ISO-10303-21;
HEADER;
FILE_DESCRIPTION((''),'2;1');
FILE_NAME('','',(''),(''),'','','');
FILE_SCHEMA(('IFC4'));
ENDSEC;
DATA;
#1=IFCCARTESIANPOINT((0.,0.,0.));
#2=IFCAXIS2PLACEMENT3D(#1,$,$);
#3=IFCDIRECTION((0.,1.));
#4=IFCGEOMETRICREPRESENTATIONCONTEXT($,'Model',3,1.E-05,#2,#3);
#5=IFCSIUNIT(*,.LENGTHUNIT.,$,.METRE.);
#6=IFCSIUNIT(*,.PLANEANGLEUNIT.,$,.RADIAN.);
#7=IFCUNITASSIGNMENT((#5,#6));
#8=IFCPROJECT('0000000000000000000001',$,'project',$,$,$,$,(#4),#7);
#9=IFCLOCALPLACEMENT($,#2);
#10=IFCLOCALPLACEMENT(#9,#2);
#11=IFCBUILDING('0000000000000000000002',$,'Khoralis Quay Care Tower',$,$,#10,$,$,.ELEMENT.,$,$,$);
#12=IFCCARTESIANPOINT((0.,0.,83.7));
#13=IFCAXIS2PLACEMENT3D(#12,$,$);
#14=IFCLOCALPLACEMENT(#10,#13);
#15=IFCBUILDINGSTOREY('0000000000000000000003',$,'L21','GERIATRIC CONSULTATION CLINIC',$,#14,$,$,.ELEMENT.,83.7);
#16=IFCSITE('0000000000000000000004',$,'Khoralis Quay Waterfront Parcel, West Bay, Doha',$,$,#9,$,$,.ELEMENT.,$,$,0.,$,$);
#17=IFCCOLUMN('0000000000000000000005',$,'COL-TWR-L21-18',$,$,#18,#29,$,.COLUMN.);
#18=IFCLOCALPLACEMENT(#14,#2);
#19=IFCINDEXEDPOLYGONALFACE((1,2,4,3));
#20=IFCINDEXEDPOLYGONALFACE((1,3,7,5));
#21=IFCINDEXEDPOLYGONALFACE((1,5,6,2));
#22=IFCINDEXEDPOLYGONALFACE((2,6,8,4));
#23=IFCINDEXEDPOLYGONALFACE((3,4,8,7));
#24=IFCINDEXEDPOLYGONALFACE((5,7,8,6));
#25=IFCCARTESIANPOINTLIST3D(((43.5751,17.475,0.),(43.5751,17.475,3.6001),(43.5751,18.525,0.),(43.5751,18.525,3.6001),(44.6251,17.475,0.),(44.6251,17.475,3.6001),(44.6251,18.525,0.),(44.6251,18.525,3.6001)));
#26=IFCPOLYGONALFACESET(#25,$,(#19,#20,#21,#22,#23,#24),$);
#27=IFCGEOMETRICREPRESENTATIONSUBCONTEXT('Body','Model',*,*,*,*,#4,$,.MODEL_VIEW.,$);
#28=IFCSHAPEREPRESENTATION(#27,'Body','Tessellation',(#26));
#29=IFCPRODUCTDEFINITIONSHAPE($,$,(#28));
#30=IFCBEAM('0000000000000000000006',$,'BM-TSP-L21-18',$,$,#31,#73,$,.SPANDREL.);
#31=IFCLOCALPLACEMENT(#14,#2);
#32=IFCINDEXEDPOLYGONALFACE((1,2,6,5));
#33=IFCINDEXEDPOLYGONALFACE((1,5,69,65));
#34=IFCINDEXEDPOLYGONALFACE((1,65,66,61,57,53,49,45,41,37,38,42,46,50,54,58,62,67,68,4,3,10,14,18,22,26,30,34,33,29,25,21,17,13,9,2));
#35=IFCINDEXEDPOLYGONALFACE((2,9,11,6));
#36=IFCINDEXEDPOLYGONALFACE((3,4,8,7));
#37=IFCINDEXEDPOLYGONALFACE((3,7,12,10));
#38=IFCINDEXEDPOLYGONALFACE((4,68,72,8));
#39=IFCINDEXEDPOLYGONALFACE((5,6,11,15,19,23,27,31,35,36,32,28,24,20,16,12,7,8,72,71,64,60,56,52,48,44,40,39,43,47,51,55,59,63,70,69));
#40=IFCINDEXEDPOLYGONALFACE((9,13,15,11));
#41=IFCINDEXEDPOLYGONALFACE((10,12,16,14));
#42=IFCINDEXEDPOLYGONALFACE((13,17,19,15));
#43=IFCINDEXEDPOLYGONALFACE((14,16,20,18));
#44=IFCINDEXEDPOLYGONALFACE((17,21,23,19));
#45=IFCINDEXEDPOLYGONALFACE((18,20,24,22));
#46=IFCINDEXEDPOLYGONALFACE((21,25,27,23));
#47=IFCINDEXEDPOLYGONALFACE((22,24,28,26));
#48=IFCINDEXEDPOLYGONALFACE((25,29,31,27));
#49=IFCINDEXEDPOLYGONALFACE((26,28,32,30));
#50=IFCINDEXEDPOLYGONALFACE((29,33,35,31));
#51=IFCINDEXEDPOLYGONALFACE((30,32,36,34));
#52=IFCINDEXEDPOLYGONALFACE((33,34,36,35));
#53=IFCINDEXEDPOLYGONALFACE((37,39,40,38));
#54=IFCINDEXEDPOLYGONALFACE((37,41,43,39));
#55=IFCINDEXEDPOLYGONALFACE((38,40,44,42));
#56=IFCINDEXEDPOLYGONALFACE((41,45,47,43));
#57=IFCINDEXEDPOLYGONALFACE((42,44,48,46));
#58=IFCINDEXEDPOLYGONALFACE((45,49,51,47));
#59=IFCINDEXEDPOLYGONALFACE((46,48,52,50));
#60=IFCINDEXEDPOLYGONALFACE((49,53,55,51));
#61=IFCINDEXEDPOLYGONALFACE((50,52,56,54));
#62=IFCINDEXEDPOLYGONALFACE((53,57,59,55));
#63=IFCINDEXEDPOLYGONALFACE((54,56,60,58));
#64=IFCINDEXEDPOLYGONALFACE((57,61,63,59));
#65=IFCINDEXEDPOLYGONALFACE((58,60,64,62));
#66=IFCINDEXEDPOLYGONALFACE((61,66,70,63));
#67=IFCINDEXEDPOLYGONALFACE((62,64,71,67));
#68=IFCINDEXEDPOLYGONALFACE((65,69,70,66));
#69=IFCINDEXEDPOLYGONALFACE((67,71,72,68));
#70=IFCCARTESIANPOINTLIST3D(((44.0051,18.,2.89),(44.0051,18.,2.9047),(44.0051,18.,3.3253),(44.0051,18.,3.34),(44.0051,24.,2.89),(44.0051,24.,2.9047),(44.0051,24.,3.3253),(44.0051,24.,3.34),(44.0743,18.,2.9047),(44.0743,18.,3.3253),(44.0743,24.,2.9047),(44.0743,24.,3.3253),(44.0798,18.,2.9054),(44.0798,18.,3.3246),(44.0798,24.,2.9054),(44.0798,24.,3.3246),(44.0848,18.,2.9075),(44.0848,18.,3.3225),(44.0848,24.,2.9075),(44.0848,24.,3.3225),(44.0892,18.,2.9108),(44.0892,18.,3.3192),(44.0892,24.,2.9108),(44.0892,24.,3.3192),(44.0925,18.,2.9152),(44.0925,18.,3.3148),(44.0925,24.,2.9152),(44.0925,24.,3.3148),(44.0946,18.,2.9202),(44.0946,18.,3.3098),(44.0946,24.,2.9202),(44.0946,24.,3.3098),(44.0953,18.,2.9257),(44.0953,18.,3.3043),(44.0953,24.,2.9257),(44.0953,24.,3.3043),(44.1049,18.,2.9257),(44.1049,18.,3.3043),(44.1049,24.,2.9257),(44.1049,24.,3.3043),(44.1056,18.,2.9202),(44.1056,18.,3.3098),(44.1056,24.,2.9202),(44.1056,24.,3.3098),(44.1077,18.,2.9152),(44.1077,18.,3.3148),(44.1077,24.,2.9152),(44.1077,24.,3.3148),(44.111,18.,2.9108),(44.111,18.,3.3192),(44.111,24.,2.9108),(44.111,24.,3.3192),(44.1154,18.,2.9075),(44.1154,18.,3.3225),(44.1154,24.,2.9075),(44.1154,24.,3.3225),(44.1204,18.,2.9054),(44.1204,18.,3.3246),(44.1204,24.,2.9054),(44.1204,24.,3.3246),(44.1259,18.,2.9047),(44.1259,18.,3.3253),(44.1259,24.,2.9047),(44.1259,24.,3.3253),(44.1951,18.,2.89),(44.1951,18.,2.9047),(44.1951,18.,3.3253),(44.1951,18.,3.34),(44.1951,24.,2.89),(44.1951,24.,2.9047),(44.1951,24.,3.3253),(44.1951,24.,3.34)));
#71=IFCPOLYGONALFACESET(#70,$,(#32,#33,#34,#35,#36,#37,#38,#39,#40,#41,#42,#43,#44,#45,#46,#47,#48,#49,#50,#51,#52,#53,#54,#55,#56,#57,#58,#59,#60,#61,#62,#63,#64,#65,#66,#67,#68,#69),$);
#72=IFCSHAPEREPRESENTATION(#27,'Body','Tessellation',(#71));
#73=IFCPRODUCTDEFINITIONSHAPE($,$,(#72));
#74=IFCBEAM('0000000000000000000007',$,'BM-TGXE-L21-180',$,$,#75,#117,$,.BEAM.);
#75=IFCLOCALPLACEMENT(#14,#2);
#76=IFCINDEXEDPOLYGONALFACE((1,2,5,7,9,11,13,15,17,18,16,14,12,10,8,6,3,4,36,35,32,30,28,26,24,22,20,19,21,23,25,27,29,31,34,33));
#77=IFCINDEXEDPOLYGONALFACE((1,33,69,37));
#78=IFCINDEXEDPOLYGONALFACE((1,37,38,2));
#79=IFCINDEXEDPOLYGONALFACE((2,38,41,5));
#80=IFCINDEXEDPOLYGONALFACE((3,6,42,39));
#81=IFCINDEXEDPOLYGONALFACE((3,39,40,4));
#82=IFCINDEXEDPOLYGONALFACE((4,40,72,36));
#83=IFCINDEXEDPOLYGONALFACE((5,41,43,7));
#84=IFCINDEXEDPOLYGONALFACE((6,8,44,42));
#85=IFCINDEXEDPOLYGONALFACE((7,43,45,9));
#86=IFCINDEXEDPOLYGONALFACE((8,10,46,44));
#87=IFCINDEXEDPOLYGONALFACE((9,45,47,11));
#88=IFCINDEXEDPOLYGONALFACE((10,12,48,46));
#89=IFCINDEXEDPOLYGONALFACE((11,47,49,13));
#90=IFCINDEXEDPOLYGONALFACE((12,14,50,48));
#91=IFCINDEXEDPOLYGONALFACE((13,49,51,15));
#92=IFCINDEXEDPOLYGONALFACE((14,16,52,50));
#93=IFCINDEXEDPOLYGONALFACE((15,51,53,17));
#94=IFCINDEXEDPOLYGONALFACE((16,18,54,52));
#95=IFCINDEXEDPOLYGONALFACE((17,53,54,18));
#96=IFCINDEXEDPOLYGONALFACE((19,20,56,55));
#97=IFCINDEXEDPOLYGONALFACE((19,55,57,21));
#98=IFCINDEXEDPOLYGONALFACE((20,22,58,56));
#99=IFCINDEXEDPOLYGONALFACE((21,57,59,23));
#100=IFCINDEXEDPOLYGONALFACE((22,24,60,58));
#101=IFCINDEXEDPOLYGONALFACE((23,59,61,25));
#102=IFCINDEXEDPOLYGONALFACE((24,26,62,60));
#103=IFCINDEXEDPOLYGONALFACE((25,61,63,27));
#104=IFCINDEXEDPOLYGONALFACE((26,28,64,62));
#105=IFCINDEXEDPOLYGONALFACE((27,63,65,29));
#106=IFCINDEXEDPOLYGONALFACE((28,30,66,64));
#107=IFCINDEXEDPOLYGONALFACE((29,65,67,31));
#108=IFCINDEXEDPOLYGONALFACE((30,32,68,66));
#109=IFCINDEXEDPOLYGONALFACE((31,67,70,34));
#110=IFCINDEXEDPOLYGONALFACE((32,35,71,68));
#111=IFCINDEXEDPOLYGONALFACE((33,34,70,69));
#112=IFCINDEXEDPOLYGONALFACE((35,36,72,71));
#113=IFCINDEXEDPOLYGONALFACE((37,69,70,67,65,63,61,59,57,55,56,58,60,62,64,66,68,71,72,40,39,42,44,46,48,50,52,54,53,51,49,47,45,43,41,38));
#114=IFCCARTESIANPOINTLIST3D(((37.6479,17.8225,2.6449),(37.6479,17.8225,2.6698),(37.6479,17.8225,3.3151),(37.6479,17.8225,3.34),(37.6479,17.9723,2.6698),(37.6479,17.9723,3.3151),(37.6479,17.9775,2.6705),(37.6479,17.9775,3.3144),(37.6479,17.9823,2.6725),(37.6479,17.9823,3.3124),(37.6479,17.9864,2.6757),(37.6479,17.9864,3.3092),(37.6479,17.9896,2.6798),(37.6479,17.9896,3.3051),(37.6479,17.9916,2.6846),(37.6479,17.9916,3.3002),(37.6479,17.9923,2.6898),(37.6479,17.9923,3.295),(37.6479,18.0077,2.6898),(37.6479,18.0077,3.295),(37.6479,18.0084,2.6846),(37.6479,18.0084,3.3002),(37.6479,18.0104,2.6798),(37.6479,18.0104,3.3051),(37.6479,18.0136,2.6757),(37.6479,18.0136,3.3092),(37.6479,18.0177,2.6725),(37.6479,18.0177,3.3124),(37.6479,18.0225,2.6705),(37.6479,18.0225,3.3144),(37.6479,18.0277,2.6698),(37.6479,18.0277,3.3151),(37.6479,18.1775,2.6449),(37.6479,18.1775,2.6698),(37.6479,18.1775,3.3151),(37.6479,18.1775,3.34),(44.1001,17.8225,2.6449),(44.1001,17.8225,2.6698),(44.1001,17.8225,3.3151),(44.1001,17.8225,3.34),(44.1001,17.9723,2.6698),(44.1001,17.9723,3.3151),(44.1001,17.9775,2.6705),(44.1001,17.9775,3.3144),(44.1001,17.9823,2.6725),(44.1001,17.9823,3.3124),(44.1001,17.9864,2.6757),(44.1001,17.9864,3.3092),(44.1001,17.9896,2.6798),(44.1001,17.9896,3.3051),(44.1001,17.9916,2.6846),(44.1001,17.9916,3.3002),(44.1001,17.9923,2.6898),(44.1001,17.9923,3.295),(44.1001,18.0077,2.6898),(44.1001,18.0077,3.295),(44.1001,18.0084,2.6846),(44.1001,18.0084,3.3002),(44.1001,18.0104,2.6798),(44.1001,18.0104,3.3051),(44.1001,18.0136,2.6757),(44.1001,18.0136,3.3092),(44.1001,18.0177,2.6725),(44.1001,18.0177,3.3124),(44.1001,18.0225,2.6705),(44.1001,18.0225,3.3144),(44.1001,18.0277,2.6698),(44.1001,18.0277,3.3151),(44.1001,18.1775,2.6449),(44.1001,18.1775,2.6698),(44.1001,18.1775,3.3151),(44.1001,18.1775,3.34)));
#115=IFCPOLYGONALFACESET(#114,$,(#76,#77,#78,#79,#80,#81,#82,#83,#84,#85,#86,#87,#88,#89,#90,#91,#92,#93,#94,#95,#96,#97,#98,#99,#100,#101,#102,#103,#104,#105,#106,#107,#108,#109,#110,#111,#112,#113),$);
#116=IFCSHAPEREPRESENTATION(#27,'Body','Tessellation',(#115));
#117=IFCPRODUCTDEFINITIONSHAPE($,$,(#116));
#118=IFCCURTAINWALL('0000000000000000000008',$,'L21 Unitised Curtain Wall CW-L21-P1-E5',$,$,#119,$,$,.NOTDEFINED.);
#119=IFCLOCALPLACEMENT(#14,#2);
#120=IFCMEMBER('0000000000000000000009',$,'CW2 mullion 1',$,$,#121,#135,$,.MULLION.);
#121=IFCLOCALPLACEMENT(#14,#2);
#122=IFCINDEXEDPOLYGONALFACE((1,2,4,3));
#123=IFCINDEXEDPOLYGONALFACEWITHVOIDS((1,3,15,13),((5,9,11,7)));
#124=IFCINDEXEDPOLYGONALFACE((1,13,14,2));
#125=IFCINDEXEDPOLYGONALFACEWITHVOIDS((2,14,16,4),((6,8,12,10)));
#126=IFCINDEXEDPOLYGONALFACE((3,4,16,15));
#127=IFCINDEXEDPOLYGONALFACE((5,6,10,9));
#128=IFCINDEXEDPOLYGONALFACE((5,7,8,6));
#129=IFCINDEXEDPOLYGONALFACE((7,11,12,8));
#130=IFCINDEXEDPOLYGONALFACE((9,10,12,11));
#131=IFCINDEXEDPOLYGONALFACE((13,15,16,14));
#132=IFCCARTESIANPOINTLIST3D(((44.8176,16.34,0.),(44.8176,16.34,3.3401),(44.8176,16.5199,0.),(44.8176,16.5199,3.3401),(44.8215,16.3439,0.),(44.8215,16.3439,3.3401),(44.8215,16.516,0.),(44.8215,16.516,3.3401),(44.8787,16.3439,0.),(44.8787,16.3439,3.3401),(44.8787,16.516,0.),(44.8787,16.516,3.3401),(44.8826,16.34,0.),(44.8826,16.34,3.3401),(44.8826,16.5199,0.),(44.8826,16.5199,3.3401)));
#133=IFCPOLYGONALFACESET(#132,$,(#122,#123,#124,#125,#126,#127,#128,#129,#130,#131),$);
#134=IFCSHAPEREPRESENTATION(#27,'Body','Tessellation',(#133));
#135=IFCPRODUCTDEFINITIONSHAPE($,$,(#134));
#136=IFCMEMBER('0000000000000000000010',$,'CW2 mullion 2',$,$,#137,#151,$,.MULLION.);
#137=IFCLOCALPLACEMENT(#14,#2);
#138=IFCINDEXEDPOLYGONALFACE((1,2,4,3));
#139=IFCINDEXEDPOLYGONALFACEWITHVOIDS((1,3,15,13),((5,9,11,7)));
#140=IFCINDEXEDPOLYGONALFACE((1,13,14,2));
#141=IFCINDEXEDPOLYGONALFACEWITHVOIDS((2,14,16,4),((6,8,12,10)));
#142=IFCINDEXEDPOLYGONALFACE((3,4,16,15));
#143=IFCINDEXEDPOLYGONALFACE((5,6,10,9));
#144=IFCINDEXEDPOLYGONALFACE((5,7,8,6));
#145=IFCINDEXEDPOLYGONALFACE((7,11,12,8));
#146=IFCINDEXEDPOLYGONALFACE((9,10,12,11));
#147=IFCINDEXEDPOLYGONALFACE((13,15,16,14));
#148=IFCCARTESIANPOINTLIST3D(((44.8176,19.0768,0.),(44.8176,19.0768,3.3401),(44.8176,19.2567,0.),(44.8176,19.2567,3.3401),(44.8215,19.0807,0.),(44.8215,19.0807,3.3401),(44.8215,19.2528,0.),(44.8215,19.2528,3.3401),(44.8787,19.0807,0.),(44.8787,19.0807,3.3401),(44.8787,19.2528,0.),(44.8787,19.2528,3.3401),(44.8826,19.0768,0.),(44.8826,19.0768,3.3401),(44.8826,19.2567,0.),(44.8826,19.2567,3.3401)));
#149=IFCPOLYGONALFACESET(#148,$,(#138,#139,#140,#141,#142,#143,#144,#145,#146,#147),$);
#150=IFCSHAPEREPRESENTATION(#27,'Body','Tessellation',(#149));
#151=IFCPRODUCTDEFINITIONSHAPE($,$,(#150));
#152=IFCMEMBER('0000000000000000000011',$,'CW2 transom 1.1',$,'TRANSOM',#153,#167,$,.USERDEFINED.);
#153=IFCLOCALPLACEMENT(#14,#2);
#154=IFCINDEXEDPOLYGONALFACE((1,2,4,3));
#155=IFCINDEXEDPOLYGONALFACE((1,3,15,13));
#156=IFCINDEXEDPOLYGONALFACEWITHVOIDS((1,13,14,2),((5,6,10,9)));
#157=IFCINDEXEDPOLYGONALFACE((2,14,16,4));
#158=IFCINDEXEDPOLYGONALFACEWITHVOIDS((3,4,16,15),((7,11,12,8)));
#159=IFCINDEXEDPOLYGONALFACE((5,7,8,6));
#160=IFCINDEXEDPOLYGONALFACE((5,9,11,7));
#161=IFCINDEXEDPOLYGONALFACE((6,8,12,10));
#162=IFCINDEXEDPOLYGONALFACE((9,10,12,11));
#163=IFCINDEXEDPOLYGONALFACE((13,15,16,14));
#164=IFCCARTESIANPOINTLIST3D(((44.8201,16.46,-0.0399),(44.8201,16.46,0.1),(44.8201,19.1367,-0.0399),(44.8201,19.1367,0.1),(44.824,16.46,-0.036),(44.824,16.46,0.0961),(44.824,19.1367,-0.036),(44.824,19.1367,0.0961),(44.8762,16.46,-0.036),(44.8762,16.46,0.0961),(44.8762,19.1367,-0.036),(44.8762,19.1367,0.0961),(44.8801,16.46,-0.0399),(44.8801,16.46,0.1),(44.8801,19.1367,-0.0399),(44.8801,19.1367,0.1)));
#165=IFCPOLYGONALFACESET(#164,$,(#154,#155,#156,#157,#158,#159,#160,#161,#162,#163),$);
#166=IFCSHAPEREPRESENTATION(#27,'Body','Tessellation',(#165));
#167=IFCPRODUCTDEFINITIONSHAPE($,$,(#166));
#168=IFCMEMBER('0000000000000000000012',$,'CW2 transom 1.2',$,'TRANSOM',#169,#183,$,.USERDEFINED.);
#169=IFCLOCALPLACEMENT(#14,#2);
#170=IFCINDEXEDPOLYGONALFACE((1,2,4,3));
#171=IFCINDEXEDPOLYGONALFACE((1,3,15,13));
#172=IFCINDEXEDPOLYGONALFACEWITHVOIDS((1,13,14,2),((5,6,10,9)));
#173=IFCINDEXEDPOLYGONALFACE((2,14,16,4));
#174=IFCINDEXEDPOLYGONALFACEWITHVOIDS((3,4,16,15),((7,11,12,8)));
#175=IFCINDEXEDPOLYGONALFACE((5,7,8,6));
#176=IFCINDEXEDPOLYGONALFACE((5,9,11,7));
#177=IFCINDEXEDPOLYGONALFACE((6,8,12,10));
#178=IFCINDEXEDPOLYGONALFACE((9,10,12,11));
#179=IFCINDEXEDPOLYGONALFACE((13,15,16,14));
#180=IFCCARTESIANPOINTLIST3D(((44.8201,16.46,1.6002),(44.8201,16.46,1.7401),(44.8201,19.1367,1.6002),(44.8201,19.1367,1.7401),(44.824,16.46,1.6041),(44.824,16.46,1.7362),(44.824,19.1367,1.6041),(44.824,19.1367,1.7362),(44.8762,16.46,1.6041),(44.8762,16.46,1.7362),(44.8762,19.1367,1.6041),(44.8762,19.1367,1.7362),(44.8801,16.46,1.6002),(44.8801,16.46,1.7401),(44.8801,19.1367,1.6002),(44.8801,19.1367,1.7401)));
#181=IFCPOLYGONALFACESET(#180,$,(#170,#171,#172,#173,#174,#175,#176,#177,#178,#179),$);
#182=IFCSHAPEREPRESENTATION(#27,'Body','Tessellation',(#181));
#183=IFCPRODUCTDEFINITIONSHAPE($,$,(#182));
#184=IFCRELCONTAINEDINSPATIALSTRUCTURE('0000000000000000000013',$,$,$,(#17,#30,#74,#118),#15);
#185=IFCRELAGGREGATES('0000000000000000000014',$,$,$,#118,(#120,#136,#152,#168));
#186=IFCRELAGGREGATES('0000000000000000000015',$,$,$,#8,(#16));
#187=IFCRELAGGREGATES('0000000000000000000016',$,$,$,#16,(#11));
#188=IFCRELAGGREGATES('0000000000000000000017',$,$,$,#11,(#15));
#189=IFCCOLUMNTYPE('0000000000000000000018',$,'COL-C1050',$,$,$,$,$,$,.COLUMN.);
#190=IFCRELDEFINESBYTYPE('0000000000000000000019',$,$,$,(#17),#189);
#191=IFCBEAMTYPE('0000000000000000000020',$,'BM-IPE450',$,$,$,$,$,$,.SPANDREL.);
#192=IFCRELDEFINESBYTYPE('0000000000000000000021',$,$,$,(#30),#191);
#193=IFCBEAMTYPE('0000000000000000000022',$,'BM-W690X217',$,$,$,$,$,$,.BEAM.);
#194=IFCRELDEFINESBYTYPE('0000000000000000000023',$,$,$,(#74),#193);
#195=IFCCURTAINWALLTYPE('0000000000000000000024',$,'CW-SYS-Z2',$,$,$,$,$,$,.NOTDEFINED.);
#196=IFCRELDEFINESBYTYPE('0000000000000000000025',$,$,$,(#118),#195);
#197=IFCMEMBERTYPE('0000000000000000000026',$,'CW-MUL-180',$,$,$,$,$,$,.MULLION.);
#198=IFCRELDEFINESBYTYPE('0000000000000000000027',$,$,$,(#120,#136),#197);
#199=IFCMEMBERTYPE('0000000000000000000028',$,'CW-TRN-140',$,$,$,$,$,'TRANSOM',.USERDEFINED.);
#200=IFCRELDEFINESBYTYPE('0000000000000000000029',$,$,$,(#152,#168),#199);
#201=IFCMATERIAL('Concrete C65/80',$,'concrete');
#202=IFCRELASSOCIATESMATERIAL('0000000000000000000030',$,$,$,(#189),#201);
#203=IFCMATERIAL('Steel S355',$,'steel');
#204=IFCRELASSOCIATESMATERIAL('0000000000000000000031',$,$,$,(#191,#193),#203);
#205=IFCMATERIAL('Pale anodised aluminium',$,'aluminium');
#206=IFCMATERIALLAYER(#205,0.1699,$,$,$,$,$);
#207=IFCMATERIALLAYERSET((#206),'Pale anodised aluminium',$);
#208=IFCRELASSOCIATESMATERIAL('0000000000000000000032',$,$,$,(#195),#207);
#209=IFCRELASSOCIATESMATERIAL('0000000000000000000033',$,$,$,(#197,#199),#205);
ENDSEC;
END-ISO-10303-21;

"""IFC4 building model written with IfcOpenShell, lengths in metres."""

from ifc_helpers import new_model, si_unit, direction, frame, origin, origin_2d, place, context, subcontext, project, spatial, rectangle, hollow_rectangle, i_section, extrude, source, transform, mapped, material, layer, layer_set, material_profile, profile_set, type_object, element, aggregate, save


model = new_model("IFC4")

# Units and contexts
model_context = context("Model", 3, precision=1e-05, world=origin(), true_north=direction((0.0, 1.0)))
body_context = subcontext(model_context, "Body", "Model", "MODEL_VIEW")
ifc_project = project(units=[si_unit("LENGTHUNIT", "METRE"), si_unit("PLANEANGLEUNIT", "RADIAN")], contexts=[model_context])

# Site, building, storey
site_placement = place(None, origin())
site = spatial("IfcSite", under=ifc_project, at=site_placement, Name="Khoralis Quay Waterfront Parcel, West Bay, Doha", CompositionType="ELEMENT", RefElevation=0.0)
building_placement = place(site_placement, origin())
building = spatial("IfcBuilding", under=site, at=building_placement, Name="Khoralis Quay Care Tower", CompositionType="ELEMENT")
storey_placement = place(building_placement, frame((0.0, 0.0, 83.7)))
storey = spatial("IfcBuildingStorey", under=building, at=storey_placement, Name="L21", Description="GERIATRIC CONSULTATION CLINIC", CompositionType="ELEMENT", Elevation=83.7)

# Column
ifc_material_1 = material(Name="Concrete C65/80", Category="concrete")
ifc_material_profile_1 = material_profile(ifc_material_1, rectangle(XDim=1.05, YDim=1.05, at=origin_2d()), Name="Concrete C65/80")
ifc_profile_set_1 = profile_set([ifc_material_profile_1], Name="Concrete C65/80")
column_type = type_object("IfcColumnType", Name="COL-C1050", PredefinedType="COLUMN", material=ifc_profile_set_1)
shared_shape_1 = source(origin(), body_context, "Body", "SweptSolid", [
    extrude(rectangle(XDim=1.05, YDim=1.05, at=origin_2d()), origin(), (0.0, 0.0, 1.0), 3.6001),
])
column_placement = place(storey_placement, frame((44.1001, 18.0, 0.0), z_axis=(0.0, 0.0, 1.0), x_axis=(1.0, 0.0, 0.0)))
element("IfcColumn", 1, at=column_placement, inside=storey, type_object=column_type, Name="COL-TWR-L21-18", PredefinedType="COLUMN", context=body_context, shape_type="MappedRepresentation", body=[
    mapped(shared_shape_1, transform((0.0, 0.0, 0.0), scale=1.0)),
])

# Beams
ifc_material_2 = material(Name="Steel S355", Category="steel")
ifc_material_profile_2 = material_profile(ifc_material_2, i_section(OverallWidth=0.1899, OverallDepth=0.45, WebThickness=0.0095, FlangeThickness=0.0146, FilletRadius=0.021, at=origin_2d()), Name="Steel S355")
ifc_profile_set_2 = profile_set([ifc_material_profile_2], Name="Steel S355")
beam_type_1 = type_object("IfcBeamType", Name="BM-IPE450", PredefinedType="SPANDREL", material=ifc_profile_set_2)
shared_shape_2 = source(origin(), body_context, "Body", "SweptSolid", [
    extrude(i_section(OverallWidth=0.1899, OverallDepth=0.45, WebThickness=0.0095, FlangeThickness=0.0146, FilletRadius=0.021, at=origin_2d()), origin(), (0.0, 0.0, 1.0), 6.0),
])
beam_1_placement = place(storey_placement, frame((44.1001, 18.0, 3.115), z_axis=(0.0, 1.0, 0.0), x_axis=(-1.0, 0.0, 0.0)))
element("IfcBeam", 2, at=beam_1_placement, inside=storey, type_object=beam_type_1, Name="BM-TSP-L21-18", PredefinedType="SPANDREL", context=body_context, shape_type="MappedRepresentation", body=[
    mapped(shared_shape_2, transform((0.0, 0.0, 0.0), scale=1.0)),
])
ifc_material_profile_3 = material_profile(ifc_material_2, i_section(OverallWidth=0.355, OverallDepth=0.6951, WebThickness=0.0154, FlangeThickness=0.0249, FilletRadius=0.02, at=origin_2d()), Name="Steel S355")
ifc_profile_set_3 = profile_set([ifc_material_profile_3], Name="Steel S355")
beam_type_2 = type_object("IfcBeamType", Name="BM-W690X217", PredefinedType="BEAM", material=ifc_profile_set_3)
shared_shape_3 = source(origin(), body_context, "Body", "SweptSolid", [
    extrude(i_section(OverallWidth=0.355, OverallDepth=0.6951, WebThickness=0.0154, FlangeThickness=0.0249, FilletRadius=0.02, at=origin_2d()), origin(), (0.0, 0.0, 1.0), 6.4521),
])
beam_2_placement = place(storey_placement, frame((37.6479, 18.0, 2.9924), z_axis=(1.0, 0.0, 0.0), x_axis=(0.0, 1.0, 0.0)))
element("IfcBeam", 3, at=beam_2_placement, inside=storey, type_object=beam_type_2, Name="BM-TGXE-L21-180", PredefinedType="BEAM", context=body_context, shape_type="MappedRepresentation", body=[
    mapped(shared_shape_3, transform((0.0, 0.0, 0.0), scale=1.0)),
])

# Curtain wall, members
ifc_material_3 = material(Name="Pale anodised aluminium", Category="aluminium")
ifc_layer_1 = layer(ifc_material_3, 0.1699)
ifc_layer_set_1 = layer_set([ifc_layer_1], Name="Pale anodised aluminium")
curtain_wall_type = type_object("IfcCurtainWallType", Name="CW-SYS-Z2", PredefinedType="NOTDEFINED", material=ifc_layer_set_1)
curtain_wall_placement = place(storey_placement, origin())
curtain_wall = element("IfcCurtainWall", 4, at=curtain_wall_placement, inside=storey, type_object=curtain_wall_type, Name="L21 Unitised Curtain Wall CW-L21-P1-E5", PredefinedType="NOTDEFINED")
ifc_material_profile_4 = material_profile(ifc_material_3, hollow_rectangle(XDim=0.0649, YDim=0.1799, WallThickness=0.0039, at=origin_2d()), Name="Pale anodised aluminium")
ifc_profile_set_4 = profile_set([ifc_material_profile_4], Name="Pale anodised aluminium")
member_type_1 = type_object("IfcMemberType", Name="CW-MUL-180", PredefinedType="MULLION", material=ifc_profile_set_4)
shared_shape_4 = source(origin(), body_context, "Body", "SweptSolid", [
    extrude(hollow_rectangle(XDim=0.0649, YDim=0.1799, WallThickness=0.0039, at=origin_2d()), origin(), (0.0, 0.0, 1.0), 3.3401),
])
member_1_placement = place(storey_placement, frame((44.8501, 16.4299, 0.0), z_axis=(0.0, 0.0, 1.0), x_axis=(-1.0, 0.0, 0.0)))
member_1 = element("IfcMember", 5, at=member_1_placement, type_object=member_type_1, Name="CW2 mullion 1", PredefinedType="MULLION", context=body_context, shape_type="MappedRepresentation", body=[
    mapped(shared_shape_4, transform((0.0, 0.0, 0.0), scale=1.0)),
])
member_2_placement = place(storey_placement, frame((44.8501, 19.1667, 0.0), z_axis=(0.0, 0.0, 1.0), x_axis=(-1.0, 0.0, 0.0)))
member_2 = element("IfcMember", 6, at=member_2_placement, type_object=member_type_1, Name="CW2 mullion 2", PredefinedType="MULLION", context=body_context, shape_type="MappedRepresentation", body=[
    mapped(shared_shape_4, transform((0.0, 0.0, 0.0), scale=1.0)),
])
ifc_material_profile_5 = material_profile(ifc_material_3, hollow_rectangle(XDim=0.0601, YDim=0.1399, WallThickness=0.0039, at=origin_2d()), Name="Pale anodised aluminium")
ifc_profile_set_5 = profile_set([ifc_material_profile_5], Name="Pale anodised aluminium")
member_type_2 = type_object("IfcMemberType", Name="CW-TRN-140", ElementType="TRANSOM", PredefinedType="USERDEFINED", material=ifc_profile_set_5)
shared_shape_5 = source(origin(), body_context, "Body", "SweptSolid", [
    extrude(hollow_rectangle(XDim=0.0601, YDim=0.1399, WallThickness=0.0039, at=origin_2d()), origin(), (0.0, 0.0, 1.0), 2.6768),
])
member_3_placement = place(storey_placement, frame((44.8501, 16.46, 0.03), z_axis=(0.0, 1.0, 0.0), x_axis=(-1.0, 0.0, 0.0)))
member_3 = element("IfcMember", 7, at=member_3_placement, type_object=member_type_2, Name="CW2 transom 1.1", ObjectType="TRANSOM", PredefinedType="USERDEFINED", context=body_context, shape_type="MappedRepresentation", body=[
    mapped(shared_shape_5, transform((0.0, 0.0, 0.0), scale=1.0)),
])
member_4_placement = place(storey_placement, frame((44.8501, 16.46, 1.6702), z_axis=(0.0, 1.0, 0.0), x_axis=(-1.0, 0.0, 0.0)))
member_4 = element("IfcMember", 8, at=member_4_placement, type_object=member_type_2, Name="CW2 transom 1.2", ObjectType="TRANSOM", PredefinedType="USERDEFINED", context=body_context, shape_type="MappedRepresentation", body=[
    mapped(shared_shape_5, transform((0.0, 0.0, 0.0), scale=1.0)),
])
aggregate(curtain_wall, [member_1, member_2, member_3, member_4])

save(model, "model.ifc")
